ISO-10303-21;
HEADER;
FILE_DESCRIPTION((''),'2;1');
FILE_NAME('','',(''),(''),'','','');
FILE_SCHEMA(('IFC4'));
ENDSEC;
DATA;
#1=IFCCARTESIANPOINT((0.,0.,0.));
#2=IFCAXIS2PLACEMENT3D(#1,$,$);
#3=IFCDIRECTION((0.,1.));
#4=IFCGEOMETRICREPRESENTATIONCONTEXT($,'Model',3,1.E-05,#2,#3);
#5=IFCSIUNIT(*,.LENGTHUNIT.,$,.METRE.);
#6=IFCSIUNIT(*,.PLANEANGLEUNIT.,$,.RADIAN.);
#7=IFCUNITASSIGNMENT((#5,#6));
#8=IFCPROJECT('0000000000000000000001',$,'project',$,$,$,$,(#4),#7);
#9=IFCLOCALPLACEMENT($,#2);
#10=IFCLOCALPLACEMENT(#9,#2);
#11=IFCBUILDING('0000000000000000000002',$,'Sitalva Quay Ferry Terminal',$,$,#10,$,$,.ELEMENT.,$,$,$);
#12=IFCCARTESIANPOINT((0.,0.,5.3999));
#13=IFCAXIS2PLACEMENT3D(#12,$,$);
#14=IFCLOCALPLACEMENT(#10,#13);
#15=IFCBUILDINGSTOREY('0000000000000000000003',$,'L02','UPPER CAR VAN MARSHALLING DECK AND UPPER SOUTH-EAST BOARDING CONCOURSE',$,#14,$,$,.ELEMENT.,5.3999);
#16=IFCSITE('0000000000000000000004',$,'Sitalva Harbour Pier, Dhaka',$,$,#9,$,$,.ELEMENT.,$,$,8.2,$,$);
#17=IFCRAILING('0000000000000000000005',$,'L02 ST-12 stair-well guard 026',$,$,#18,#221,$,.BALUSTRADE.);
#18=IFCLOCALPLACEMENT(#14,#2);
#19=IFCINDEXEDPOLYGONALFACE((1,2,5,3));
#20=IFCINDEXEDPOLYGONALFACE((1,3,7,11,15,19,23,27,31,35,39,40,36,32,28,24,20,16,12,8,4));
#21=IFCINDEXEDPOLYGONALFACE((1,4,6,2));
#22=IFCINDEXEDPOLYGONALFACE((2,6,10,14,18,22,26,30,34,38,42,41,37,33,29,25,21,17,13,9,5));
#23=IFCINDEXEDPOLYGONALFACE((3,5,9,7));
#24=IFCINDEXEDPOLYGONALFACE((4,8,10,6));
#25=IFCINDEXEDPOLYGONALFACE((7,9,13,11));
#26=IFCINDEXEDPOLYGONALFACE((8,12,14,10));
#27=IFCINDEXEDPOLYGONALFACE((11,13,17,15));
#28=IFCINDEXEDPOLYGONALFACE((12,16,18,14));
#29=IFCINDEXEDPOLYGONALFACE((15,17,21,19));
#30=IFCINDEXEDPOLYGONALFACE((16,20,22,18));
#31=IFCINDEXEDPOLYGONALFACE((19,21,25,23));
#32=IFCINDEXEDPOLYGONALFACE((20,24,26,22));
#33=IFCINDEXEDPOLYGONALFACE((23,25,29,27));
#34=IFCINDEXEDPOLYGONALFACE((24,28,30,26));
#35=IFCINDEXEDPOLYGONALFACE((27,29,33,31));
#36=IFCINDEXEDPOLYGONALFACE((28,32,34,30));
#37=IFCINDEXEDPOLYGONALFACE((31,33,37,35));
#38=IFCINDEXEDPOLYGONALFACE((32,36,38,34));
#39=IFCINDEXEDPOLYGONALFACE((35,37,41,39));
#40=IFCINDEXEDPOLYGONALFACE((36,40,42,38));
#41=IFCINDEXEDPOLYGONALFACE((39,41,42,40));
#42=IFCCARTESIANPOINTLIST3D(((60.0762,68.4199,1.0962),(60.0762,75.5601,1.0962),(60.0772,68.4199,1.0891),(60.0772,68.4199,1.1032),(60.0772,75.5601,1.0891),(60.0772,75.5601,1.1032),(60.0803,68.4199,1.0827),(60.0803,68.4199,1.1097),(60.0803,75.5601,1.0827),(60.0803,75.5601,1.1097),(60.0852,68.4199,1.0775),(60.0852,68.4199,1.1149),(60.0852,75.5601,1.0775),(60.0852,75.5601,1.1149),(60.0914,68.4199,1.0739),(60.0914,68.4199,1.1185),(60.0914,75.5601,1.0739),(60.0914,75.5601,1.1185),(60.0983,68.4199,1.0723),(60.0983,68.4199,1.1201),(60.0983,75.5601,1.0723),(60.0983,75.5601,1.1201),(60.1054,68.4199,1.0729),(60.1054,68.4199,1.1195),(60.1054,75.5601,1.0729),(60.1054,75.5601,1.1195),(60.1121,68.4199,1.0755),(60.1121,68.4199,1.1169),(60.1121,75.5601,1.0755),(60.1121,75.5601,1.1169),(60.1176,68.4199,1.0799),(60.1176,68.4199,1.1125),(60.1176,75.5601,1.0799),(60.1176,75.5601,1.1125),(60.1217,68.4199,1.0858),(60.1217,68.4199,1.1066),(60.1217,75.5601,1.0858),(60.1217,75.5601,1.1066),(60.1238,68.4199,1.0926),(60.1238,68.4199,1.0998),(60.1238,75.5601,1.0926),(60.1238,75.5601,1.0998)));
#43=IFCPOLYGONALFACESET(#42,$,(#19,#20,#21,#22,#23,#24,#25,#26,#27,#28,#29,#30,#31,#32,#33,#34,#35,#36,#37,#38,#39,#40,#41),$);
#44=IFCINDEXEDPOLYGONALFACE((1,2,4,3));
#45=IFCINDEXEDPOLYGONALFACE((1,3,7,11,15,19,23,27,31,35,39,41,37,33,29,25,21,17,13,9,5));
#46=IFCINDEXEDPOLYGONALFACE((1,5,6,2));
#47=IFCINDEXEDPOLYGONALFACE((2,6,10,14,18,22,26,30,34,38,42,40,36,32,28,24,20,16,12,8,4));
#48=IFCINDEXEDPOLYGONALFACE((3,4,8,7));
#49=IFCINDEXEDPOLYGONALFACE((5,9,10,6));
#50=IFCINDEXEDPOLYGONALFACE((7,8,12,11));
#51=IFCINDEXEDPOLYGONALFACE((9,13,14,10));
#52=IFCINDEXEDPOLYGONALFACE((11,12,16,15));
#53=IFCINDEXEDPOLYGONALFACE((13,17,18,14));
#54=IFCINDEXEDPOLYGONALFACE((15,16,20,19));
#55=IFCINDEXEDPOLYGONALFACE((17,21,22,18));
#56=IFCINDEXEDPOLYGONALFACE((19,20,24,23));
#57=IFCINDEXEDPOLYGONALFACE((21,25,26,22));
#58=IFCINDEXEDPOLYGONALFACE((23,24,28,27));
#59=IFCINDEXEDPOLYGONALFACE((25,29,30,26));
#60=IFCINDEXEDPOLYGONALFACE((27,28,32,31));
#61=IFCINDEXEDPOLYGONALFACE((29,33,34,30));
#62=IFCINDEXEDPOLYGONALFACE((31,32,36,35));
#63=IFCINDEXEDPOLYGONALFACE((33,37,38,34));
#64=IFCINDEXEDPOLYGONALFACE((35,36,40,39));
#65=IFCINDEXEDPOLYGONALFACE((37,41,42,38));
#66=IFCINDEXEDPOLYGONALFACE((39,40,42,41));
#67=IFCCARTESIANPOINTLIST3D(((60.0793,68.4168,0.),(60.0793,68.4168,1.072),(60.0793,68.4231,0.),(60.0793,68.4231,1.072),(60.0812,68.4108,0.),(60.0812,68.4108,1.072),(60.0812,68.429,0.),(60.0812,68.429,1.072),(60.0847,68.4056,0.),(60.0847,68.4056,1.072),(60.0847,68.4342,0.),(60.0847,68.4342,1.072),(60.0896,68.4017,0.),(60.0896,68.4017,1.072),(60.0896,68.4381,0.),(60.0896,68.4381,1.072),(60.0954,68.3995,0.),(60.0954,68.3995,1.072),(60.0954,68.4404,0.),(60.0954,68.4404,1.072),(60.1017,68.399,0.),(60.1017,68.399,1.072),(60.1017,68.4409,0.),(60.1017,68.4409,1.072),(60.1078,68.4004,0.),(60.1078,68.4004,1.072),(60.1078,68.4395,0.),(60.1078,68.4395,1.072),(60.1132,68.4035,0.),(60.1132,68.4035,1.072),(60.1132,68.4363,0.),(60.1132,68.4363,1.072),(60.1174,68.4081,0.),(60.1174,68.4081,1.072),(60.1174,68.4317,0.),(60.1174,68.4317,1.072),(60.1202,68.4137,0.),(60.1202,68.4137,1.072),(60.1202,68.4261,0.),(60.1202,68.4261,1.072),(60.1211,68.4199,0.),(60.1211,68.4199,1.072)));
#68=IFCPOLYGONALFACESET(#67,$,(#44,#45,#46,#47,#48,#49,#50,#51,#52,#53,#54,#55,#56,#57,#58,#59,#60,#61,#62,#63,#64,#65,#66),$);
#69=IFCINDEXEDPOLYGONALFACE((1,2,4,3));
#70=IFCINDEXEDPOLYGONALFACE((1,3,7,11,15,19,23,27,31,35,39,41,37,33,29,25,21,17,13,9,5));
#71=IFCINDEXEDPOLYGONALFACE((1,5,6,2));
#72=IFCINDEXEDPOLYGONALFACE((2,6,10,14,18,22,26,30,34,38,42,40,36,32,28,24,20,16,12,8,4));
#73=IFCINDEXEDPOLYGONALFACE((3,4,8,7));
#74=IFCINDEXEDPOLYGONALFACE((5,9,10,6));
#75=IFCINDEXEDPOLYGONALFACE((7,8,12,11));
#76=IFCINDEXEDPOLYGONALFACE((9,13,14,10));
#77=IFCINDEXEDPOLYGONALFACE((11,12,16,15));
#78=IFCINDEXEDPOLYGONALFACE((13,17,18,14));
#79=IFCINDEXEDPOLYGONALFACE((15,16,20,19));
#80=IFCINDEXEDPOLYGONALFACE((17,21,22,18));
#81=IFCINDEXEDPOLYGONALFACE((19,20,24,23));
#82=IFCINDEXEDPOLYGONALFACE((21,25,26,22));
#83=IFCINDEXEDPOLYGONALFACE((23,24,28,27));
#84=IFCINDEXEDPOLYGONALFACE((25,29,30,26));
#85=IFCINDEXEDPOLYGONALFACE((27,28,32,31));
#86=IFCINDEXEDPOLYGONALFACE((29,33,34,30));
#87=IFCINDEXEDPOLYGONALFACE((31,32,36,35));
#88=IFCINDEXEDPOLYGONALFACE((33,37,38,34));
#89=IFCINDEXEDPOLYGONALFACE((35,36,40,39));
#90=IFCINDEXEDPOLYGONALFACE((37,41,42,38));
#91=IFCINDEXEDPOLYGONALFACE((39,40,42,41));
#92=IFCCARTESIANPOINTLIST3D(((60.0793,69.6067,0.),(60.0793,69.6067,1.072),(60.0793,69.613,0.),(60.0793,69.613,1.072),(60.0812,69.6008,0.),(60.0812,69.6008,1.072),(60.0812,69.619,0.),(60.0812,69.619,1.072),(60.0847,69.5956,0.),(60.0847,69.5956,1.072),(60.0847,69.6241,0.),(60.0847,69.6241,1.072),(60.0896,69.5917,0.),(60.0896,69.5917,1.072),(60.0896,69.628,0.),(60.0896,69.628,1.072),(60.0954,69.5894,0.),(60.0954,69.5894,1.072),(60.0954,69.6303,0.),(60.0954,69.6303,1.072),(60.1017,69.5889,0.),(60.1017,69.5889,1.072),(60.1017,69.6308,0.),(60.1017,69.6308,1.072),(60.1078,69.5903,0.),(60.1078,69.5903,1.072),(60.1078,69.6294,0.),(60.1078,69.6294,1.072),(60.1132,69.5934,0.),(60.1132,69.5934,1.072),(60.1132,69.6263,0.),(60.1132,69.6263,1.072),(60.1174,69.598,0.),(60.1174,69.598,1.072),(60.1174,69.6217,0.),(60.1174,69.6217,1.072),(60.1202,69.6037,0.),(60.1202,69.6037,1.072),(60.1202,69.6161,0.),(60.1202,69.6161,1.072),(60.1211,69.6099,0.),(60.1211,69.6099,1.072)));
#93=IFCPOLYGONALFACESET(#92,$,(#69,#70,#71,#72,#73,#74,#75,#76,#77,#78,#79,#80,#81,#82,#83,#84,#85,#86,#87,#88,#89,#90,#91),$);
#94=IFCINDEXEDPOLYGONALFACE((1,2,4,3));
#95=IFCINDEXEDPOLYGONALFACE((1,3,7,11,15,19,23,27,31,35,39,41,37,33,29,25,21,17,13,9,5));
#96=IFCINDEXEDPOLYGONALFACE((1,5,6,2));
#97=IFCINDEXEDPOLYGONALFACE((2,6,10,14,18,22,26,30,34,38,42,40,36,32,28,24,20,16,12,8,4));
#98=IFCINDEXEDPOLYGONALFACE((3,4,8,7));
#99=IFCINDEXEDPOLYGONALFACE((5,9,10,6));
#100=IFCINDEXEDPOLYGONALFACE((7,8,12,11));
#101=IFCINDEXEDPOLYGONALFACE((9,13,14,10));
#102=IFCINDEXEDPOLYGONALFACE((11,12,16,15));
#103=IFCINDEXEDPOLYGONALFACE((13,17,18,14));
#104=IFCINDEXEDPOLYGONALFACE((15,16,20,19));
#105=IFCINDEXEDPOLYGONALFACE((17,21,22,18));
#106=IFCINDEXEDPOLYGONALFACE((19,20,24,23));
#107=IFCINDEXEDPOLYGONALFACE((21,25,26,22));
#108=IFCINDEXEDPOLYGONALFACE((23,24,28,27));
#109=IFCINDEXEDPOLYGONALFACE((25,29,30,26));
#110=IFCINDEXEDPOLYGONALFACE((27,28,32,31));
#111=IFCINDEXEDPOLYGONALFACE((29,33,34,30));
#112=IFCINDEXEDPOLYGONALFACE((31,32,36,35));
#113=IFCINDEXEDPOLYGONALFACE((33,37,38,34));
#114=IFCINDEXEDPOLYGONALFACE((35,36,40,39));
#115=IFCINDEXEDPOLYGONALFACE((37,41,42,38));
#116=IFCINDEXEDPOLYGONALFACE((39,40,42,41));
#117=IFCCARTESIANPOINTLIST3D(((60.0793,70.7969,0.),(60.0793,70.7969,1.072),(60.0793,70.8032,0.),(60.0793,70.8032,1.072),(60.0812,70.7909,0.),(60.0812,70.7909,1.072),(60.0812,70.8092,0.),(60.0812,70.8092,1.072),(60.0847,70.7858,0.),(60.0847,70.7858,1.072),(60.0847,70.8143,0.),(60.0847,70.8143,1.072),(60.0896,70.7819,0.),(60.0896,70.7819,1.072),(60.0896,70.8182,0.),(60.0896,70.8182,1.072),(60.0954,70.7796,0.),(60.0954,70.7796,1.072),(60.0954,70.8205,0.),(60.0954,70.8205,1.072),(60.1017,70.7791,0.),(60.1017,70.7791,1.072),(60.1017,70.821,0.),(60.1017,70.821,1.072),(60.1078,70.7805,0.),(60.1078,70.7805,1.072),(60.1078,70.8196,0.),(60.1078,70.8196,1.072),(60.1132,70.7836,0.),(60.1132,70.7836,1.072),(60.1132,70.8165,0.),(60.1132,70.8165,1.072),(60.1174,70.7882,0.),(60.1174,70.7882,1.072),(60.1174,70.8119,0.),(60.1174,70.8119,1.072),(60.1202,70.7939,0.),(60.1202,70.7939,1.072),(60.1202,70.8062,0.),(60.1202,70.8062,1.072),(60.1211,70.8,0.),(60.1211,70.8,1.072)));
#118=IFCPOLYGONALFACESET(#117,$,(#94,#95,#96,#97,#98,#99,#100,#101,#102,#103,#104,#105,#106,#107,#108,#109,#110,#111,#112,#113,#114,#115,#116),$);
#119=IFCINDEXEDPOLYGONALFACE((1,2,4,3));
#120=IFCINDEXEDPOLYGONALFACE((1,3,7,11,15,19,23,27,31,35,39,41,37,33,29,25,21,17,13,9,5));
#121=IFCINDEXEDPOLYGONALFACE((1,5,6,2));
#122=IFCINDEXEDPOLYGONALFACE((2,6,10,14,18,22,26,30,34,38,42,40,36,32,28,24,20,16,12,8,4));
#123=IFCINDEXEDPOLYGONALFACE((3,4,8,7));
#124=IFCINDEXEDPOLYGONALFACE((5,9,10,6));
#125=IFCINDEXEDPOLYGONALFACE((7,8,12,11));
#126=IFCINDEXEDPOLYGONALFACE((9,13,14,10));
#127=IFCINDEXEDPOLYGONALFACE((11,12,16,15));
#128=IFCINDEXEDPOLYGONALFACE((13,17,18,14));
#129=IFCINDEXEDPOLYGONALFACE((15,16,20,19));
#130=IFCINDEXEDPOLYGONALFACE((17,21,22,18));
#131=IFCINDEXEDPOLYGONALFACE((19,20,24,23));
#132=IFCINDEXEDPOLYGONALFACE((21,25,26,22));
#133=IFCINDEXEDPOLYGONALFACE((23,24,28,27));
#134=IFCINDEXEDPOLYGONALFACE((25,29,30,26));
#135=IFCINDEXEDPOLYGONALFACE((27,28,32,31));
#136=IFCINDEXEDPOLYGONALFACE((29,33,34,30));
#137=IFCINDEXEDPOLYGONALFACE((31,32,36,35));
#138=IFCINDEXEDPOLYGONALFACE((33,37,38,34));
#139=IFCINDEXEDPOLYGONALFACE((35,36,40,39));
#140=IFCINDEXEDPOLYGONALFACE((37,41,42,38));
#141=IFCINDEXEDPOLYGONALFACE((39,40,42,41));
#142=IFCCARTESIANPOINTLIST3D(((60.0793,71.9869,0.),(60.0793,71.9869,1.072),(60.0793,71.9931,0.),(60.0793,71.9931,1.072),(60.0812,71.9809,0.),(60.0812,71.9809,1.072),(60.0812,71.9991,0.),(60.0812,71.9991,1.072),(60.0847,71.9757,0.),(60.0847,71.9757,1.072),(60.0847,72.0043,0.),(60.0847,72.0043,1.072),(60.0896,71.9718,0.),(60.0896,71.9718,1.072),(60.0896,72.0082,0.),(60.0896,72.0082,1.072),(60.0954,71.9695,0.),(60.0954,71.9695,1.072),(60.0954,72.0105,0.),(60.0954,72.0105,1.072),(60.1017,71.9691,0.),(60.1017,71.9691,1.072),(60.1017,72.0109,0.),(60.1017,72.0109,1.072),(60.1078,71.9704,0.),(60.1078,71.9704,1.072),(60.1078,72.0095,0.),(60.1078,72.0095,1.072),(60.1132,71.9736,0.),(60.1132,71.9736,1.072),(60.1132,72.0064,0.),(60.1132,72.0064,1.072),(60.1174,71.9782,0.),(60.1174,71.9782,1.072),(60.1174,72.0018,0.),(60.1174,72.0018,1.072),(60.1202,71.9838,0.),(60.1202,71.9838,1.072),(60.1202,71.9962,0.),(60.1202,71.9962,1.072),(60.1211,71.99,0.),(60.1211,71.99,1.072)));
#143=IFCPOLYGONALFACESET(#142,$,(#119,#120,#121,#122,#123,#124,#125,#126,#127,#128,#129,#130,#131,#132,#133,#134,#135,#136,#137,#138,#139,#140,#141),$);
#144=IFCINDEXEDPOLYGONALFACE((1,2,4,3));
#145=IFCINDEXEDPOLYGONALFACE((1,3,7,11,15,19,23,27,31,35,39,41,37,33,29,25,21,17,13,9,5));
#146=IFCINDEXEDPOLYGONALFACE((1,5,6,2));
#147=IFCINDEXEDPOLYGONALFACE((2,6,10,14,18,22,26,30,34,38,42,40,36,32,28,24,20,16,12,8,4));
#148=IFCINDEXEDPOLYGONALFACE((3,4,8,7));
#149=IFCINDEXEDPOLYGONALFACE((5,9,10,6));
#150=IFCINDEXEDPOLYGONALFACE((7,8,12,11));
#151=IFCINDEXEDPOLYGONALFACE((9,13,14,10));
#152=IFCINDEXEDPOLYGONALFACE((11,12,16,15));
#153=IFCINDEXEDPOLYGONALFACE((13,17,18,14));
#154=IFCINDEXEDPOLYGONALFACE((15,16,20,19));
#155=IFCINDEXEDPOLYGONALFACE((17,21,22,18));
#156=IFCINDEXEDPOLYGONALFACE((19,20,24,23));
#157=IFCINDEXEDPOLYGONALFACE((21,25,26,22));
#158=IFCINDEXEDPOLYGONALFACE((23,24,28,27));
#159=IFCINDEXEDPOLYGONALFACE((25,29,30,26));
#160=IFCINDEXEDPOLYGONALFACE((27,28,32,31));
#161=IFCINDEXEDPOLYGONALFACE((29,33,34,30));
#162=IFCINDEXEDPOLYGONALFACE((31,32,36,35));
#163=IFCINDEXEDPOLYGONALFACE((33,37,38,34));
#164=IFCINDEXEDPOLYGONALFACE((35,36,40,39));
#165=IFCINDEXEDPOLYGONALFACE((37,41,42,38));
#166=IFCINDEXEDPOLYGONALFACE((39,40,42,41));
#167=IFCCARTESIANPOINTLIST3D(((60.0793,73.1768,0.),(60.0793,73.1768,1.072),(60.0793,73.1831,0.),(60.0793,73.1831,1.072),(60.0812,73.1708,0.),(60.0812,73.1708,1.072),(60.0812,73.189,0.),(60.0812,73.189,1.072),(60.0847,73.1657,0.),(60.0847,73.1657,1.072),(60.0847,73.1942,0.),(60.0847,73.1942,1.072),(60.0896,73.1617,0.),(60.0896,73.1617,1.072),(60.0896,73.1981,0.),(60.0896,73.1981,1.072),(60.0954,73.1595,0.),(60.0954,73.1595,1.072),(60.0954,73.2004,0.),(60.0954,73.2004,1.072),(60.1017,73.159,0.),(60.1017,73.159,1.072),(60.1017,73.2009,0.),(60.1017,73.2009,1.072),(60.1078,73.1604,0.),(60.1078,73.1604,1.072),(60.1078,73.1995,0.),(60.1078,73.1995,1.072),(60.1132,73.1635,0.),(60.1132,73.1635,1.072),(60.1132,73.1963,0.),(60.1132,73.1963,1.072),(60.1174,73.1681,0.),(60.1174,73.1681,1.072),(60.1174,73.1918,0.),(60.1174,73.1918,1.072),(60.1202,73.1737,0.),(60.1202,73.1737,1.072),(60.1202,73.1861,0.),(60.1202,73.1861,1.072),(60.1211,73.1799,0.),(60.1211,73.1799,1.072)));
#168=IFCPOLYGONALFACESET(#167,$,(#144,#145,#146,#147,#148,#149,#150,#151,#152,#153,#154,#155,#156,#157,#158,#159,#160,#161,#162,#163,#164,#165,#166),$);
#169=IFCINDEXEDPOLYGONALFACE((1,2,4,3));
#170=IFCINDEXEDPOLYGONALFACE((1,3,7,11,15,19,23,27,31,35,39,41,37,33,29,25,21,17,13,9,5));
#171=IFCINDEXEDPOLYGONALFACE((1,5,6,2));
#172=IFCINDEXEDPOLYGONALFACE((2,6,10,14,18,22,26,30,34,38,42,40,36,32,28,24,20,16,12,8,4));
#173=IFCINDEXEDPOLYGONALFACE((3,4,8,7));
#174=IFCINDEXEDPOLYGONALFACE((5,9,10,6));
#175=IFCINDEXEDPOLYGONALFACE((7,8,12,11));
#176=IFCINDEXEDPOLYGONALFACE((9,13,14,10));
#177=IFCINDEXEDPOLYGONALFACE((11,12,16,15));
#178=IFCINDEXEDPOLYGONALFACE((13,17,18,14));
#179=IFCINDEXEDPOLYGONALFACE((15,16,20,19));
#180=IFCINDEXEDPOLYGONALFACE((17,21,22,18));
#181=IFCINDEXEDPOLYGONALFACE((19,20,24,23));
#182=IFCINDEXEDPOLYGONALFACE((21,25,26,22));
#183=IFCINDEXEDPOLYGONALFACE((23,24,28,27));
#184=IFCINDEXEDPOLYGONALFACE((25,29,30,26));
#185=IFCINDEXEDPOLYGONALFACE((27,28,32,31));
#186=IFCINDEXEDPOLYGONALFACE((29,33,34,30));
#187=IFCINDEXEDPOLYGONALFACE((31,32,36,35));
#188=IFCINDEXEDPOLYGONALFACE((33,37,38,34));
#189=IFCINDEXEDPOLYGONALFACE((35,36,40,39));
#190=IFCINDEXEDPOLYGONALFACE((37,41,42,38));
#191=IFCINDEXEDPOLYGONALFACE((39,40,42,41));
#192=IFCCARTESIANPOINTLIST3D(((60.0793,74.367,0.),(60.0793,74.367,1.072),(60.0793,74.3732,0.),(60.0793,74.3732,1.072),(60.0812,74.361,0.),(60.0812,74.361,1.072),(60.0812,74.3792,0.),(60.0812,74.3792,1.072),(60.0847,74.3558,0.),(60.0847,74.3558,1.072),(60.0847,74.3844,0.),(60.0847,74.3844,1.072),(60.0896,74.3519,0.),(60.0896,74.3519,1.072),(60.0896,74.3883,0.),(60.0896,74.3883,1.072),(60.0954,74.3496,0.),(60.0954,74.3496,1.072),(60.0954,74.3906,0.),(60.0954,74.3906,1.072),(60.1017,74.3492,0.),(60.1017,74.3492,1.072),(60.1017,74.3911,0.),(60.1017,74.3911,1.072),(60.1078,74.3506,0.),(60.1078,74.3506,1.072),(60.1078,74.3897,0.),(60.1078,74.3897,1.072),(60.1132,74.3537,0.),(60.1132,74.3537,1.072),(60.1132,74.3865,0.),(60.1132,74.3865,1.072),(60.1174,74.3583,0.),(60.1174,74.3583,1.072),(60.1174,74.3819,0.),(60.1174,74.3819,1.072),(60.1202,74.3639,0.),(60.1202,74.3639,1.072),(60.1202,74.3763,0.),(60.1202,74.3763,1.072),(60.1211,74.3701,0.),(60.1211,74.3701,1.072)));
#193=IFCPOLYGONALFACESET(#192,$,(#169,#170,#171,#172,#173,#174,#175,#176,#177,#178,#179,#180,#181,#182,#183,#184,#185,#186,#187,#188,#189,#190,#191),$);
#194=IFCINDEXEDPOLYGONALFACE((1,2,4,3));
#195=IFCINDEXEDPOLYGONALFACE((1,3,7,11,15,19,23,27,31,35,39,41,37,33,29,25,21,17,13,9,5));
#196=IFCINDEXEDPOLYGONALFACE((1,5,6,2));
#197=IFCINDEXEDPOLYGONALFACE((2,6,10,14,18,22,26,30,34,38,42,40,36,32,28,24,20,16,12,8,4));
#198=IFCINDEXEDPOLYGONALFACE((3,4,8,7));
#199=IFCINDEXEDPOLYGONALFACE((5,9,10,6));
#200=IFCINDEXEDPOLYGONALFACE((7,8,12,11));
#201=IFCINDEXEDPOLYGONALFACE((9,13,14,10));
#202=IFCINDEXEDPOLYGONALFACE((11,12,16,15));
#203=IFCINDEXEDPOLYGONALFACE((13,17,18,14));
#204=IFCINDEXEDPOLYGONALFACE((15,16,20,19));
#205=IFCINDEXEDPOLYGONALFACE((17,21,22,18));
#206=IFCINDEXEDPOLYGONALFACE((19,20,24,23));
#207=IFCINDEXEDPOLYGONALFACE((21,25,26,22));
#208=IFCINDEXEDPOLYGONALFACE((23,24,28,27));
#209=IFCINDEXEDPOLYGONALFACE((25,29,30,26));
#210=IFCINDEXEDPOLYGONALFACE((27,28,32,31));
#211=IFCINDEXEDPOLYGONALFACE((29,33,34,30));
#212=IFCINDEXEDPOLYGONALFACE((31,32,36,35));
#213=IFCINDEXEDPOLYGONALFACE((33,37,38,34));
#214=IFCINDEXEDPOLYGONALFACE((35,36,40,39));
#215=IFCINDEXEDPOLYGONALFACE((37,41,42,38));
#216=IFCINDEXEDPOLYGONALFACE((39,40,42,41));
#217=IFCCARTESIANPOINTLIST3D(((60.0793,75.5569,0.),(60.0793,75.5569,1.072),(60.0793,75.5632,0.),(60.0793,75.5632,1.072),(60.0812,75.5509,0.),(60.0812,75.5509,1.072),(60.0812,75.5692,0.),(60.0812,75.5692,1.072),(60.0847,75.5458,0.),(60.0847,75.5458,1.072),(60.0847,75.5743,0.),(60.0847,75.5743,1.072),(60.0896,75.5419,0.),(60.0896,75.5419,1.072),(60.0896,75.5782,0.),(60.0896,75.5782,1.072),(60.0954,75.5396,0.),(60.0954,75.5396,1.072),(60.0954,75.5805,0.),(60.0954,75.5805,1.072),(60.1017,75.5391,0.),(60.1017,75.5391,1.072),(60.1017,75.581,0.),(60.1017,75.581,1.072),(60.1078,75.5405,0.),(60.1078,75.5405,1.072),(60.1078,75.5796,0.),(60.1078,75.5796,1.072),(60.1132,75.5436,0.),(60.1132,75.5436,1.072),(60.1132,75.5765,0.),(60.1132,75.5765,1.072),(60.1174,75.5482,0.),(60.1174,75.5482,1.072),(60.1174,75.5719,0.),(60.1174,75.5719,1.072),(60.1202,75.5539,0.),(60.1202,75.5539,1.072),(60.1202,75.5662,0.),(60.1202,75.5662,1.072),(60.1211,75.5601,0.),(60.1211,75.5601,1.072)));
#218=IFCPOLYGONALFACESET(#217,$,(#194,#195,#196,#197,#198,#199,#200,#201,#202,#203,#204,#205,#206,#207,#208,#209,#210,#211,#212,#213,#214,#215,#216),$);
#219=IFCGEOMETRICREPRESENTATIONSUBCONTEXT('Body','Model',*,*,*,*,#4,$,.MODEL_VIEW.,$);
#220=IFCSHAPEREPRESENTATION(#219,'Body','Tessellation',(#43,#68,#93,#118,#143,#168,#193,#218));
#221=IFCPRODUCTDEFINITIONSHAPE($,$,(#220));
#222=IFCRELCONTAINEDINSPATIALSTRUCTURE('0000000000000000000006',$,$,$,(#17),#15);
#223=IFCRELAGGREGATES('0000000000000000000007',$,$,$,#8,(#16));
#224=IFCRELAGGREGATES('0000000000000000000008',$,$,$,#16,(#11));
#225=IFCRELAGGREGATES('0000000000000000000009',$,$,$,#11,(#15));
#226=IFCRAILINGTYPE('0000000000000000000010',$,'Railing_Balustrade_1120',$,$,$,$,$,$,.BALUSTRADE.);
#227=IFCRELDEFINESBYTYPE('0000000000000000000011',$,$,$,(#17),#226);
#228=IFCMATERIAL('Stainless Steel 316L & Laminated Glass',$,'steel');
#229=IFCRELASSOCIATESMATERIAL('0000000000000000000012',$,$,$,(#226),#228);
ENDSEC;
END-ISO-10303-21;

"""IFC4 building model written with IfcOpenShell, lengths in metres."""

from ifc_helpers import new_model, si_unit, direction, frame, origin, origin_2d, place, context, subcontext, project, spatial, circle, extrude, material, type_object, element, save


model = new_model("IFC4")

# Units and contexts
model_context = context("Model", 3, precision=1e-05, world=origin(), true_north=direction((0.0, 1.0)))
body_context = subcontext(model_context, "Body", "Model", "MODEL_VIEW")
ifc_project = project(units=[si_unit("LENGTHUNIT", "METRE"), si_unit("PLANEANGLEUNIT", "RADIAN")], contexts=[model_context])

# Site, building, storey
site_placement = place(None, origin())
site = spatial("IfcSite", under=ifc_project, at=site_placement, Name="Sitalva Harbour Pier, Dhaka", CompositionType="ELEMENT", RefElevation=8.2)
building_placement = place(site_placement, origin())
building = spatial("IfcBuilding", under=site, at=building_placement, Name="Sitalva Quay Ferry Terminal", CompositionType="ELEMENT")
storey_placement = place(building_placement, frame((0.0, 0.0, 5.3999)))
storey = spatial("IfcBuildingStorey", under=building, at=storey_placement, Name="L02", Description="UPPER CAR VAN MARSHALLING DECK AND UPPER SOUTH-EAST BOARDING CONCOURSE", CompositionType="ELEMENT", Elevation=5.3999)

# Railing
ifc_material_1 = material(Name="Stainless Steel 316L & Laminated Glass", Category="steel")
railing_type = type_object("IfcRailingType", Name="Railing_Balustrade_1120", PredefinedType="BALUSTRADE", material=ifc_material_1)
railing_1_placement = place(storey_placement, frame((60.1001, 68.4199, 0.0)))
element("IfcRailing", 1, at=railing_1_placement, inside=storey, type_object=railing_type, Name="L02 ST-12 stair-well guard 026", PredefinedType="BALUSTRADE", context=body_context, shape_type="SweptSolid", body=[
    extrude(circle(Radius=0.0239, at=origin_2d()), frame((0.0, 0.0, 1.0962), z_axis=(0.0, 1.0, 0.0), x_axis=(-1.0, 0.0, 0.0)), (0.0, 0.0, 1.0), 7.1401),
    extrude(circle(Radius=0.021, at=origin_2d()), origin(), (0.0, 0.0, 1.0), 1.072),
    extrude(circle(Radius=0.021, at=origin_2d()), frame((0.0, 1.1899, 0.0)), (0.0, 0.0, 1.0), 1.072),
    extrude(circle(Radius=0.021, at=origin_2d()), frame((0.0, 2.3801, 0.0)), (0.0, 0.0, 1.0), 1.072),
    extrude(circle(Radius=0.021, at=origin_2d()), frame((0.0, 3.5701, 0.0)), (0.0, 0.0, 1.0), 1.072),
    extrude(circle(Radius=0.021, at=origin_2d()), frame((0.0, 4.76, 0.0)), (0.0, 0.0, 1.0), 1.072),
    extrude(circle(Radius=0.021, at=origin_2d()), frame((0.0, 5.9502, 0.0)), (0.0, 0.0, 1.0), 1.072),
    extrude(circle(Radius=0.021, at=origin_2d()), frame((0.0, 7.1401, 0.0)), (0.0, 0.0, 1.0), 1.072),
])

save(model, "model.ifc")
